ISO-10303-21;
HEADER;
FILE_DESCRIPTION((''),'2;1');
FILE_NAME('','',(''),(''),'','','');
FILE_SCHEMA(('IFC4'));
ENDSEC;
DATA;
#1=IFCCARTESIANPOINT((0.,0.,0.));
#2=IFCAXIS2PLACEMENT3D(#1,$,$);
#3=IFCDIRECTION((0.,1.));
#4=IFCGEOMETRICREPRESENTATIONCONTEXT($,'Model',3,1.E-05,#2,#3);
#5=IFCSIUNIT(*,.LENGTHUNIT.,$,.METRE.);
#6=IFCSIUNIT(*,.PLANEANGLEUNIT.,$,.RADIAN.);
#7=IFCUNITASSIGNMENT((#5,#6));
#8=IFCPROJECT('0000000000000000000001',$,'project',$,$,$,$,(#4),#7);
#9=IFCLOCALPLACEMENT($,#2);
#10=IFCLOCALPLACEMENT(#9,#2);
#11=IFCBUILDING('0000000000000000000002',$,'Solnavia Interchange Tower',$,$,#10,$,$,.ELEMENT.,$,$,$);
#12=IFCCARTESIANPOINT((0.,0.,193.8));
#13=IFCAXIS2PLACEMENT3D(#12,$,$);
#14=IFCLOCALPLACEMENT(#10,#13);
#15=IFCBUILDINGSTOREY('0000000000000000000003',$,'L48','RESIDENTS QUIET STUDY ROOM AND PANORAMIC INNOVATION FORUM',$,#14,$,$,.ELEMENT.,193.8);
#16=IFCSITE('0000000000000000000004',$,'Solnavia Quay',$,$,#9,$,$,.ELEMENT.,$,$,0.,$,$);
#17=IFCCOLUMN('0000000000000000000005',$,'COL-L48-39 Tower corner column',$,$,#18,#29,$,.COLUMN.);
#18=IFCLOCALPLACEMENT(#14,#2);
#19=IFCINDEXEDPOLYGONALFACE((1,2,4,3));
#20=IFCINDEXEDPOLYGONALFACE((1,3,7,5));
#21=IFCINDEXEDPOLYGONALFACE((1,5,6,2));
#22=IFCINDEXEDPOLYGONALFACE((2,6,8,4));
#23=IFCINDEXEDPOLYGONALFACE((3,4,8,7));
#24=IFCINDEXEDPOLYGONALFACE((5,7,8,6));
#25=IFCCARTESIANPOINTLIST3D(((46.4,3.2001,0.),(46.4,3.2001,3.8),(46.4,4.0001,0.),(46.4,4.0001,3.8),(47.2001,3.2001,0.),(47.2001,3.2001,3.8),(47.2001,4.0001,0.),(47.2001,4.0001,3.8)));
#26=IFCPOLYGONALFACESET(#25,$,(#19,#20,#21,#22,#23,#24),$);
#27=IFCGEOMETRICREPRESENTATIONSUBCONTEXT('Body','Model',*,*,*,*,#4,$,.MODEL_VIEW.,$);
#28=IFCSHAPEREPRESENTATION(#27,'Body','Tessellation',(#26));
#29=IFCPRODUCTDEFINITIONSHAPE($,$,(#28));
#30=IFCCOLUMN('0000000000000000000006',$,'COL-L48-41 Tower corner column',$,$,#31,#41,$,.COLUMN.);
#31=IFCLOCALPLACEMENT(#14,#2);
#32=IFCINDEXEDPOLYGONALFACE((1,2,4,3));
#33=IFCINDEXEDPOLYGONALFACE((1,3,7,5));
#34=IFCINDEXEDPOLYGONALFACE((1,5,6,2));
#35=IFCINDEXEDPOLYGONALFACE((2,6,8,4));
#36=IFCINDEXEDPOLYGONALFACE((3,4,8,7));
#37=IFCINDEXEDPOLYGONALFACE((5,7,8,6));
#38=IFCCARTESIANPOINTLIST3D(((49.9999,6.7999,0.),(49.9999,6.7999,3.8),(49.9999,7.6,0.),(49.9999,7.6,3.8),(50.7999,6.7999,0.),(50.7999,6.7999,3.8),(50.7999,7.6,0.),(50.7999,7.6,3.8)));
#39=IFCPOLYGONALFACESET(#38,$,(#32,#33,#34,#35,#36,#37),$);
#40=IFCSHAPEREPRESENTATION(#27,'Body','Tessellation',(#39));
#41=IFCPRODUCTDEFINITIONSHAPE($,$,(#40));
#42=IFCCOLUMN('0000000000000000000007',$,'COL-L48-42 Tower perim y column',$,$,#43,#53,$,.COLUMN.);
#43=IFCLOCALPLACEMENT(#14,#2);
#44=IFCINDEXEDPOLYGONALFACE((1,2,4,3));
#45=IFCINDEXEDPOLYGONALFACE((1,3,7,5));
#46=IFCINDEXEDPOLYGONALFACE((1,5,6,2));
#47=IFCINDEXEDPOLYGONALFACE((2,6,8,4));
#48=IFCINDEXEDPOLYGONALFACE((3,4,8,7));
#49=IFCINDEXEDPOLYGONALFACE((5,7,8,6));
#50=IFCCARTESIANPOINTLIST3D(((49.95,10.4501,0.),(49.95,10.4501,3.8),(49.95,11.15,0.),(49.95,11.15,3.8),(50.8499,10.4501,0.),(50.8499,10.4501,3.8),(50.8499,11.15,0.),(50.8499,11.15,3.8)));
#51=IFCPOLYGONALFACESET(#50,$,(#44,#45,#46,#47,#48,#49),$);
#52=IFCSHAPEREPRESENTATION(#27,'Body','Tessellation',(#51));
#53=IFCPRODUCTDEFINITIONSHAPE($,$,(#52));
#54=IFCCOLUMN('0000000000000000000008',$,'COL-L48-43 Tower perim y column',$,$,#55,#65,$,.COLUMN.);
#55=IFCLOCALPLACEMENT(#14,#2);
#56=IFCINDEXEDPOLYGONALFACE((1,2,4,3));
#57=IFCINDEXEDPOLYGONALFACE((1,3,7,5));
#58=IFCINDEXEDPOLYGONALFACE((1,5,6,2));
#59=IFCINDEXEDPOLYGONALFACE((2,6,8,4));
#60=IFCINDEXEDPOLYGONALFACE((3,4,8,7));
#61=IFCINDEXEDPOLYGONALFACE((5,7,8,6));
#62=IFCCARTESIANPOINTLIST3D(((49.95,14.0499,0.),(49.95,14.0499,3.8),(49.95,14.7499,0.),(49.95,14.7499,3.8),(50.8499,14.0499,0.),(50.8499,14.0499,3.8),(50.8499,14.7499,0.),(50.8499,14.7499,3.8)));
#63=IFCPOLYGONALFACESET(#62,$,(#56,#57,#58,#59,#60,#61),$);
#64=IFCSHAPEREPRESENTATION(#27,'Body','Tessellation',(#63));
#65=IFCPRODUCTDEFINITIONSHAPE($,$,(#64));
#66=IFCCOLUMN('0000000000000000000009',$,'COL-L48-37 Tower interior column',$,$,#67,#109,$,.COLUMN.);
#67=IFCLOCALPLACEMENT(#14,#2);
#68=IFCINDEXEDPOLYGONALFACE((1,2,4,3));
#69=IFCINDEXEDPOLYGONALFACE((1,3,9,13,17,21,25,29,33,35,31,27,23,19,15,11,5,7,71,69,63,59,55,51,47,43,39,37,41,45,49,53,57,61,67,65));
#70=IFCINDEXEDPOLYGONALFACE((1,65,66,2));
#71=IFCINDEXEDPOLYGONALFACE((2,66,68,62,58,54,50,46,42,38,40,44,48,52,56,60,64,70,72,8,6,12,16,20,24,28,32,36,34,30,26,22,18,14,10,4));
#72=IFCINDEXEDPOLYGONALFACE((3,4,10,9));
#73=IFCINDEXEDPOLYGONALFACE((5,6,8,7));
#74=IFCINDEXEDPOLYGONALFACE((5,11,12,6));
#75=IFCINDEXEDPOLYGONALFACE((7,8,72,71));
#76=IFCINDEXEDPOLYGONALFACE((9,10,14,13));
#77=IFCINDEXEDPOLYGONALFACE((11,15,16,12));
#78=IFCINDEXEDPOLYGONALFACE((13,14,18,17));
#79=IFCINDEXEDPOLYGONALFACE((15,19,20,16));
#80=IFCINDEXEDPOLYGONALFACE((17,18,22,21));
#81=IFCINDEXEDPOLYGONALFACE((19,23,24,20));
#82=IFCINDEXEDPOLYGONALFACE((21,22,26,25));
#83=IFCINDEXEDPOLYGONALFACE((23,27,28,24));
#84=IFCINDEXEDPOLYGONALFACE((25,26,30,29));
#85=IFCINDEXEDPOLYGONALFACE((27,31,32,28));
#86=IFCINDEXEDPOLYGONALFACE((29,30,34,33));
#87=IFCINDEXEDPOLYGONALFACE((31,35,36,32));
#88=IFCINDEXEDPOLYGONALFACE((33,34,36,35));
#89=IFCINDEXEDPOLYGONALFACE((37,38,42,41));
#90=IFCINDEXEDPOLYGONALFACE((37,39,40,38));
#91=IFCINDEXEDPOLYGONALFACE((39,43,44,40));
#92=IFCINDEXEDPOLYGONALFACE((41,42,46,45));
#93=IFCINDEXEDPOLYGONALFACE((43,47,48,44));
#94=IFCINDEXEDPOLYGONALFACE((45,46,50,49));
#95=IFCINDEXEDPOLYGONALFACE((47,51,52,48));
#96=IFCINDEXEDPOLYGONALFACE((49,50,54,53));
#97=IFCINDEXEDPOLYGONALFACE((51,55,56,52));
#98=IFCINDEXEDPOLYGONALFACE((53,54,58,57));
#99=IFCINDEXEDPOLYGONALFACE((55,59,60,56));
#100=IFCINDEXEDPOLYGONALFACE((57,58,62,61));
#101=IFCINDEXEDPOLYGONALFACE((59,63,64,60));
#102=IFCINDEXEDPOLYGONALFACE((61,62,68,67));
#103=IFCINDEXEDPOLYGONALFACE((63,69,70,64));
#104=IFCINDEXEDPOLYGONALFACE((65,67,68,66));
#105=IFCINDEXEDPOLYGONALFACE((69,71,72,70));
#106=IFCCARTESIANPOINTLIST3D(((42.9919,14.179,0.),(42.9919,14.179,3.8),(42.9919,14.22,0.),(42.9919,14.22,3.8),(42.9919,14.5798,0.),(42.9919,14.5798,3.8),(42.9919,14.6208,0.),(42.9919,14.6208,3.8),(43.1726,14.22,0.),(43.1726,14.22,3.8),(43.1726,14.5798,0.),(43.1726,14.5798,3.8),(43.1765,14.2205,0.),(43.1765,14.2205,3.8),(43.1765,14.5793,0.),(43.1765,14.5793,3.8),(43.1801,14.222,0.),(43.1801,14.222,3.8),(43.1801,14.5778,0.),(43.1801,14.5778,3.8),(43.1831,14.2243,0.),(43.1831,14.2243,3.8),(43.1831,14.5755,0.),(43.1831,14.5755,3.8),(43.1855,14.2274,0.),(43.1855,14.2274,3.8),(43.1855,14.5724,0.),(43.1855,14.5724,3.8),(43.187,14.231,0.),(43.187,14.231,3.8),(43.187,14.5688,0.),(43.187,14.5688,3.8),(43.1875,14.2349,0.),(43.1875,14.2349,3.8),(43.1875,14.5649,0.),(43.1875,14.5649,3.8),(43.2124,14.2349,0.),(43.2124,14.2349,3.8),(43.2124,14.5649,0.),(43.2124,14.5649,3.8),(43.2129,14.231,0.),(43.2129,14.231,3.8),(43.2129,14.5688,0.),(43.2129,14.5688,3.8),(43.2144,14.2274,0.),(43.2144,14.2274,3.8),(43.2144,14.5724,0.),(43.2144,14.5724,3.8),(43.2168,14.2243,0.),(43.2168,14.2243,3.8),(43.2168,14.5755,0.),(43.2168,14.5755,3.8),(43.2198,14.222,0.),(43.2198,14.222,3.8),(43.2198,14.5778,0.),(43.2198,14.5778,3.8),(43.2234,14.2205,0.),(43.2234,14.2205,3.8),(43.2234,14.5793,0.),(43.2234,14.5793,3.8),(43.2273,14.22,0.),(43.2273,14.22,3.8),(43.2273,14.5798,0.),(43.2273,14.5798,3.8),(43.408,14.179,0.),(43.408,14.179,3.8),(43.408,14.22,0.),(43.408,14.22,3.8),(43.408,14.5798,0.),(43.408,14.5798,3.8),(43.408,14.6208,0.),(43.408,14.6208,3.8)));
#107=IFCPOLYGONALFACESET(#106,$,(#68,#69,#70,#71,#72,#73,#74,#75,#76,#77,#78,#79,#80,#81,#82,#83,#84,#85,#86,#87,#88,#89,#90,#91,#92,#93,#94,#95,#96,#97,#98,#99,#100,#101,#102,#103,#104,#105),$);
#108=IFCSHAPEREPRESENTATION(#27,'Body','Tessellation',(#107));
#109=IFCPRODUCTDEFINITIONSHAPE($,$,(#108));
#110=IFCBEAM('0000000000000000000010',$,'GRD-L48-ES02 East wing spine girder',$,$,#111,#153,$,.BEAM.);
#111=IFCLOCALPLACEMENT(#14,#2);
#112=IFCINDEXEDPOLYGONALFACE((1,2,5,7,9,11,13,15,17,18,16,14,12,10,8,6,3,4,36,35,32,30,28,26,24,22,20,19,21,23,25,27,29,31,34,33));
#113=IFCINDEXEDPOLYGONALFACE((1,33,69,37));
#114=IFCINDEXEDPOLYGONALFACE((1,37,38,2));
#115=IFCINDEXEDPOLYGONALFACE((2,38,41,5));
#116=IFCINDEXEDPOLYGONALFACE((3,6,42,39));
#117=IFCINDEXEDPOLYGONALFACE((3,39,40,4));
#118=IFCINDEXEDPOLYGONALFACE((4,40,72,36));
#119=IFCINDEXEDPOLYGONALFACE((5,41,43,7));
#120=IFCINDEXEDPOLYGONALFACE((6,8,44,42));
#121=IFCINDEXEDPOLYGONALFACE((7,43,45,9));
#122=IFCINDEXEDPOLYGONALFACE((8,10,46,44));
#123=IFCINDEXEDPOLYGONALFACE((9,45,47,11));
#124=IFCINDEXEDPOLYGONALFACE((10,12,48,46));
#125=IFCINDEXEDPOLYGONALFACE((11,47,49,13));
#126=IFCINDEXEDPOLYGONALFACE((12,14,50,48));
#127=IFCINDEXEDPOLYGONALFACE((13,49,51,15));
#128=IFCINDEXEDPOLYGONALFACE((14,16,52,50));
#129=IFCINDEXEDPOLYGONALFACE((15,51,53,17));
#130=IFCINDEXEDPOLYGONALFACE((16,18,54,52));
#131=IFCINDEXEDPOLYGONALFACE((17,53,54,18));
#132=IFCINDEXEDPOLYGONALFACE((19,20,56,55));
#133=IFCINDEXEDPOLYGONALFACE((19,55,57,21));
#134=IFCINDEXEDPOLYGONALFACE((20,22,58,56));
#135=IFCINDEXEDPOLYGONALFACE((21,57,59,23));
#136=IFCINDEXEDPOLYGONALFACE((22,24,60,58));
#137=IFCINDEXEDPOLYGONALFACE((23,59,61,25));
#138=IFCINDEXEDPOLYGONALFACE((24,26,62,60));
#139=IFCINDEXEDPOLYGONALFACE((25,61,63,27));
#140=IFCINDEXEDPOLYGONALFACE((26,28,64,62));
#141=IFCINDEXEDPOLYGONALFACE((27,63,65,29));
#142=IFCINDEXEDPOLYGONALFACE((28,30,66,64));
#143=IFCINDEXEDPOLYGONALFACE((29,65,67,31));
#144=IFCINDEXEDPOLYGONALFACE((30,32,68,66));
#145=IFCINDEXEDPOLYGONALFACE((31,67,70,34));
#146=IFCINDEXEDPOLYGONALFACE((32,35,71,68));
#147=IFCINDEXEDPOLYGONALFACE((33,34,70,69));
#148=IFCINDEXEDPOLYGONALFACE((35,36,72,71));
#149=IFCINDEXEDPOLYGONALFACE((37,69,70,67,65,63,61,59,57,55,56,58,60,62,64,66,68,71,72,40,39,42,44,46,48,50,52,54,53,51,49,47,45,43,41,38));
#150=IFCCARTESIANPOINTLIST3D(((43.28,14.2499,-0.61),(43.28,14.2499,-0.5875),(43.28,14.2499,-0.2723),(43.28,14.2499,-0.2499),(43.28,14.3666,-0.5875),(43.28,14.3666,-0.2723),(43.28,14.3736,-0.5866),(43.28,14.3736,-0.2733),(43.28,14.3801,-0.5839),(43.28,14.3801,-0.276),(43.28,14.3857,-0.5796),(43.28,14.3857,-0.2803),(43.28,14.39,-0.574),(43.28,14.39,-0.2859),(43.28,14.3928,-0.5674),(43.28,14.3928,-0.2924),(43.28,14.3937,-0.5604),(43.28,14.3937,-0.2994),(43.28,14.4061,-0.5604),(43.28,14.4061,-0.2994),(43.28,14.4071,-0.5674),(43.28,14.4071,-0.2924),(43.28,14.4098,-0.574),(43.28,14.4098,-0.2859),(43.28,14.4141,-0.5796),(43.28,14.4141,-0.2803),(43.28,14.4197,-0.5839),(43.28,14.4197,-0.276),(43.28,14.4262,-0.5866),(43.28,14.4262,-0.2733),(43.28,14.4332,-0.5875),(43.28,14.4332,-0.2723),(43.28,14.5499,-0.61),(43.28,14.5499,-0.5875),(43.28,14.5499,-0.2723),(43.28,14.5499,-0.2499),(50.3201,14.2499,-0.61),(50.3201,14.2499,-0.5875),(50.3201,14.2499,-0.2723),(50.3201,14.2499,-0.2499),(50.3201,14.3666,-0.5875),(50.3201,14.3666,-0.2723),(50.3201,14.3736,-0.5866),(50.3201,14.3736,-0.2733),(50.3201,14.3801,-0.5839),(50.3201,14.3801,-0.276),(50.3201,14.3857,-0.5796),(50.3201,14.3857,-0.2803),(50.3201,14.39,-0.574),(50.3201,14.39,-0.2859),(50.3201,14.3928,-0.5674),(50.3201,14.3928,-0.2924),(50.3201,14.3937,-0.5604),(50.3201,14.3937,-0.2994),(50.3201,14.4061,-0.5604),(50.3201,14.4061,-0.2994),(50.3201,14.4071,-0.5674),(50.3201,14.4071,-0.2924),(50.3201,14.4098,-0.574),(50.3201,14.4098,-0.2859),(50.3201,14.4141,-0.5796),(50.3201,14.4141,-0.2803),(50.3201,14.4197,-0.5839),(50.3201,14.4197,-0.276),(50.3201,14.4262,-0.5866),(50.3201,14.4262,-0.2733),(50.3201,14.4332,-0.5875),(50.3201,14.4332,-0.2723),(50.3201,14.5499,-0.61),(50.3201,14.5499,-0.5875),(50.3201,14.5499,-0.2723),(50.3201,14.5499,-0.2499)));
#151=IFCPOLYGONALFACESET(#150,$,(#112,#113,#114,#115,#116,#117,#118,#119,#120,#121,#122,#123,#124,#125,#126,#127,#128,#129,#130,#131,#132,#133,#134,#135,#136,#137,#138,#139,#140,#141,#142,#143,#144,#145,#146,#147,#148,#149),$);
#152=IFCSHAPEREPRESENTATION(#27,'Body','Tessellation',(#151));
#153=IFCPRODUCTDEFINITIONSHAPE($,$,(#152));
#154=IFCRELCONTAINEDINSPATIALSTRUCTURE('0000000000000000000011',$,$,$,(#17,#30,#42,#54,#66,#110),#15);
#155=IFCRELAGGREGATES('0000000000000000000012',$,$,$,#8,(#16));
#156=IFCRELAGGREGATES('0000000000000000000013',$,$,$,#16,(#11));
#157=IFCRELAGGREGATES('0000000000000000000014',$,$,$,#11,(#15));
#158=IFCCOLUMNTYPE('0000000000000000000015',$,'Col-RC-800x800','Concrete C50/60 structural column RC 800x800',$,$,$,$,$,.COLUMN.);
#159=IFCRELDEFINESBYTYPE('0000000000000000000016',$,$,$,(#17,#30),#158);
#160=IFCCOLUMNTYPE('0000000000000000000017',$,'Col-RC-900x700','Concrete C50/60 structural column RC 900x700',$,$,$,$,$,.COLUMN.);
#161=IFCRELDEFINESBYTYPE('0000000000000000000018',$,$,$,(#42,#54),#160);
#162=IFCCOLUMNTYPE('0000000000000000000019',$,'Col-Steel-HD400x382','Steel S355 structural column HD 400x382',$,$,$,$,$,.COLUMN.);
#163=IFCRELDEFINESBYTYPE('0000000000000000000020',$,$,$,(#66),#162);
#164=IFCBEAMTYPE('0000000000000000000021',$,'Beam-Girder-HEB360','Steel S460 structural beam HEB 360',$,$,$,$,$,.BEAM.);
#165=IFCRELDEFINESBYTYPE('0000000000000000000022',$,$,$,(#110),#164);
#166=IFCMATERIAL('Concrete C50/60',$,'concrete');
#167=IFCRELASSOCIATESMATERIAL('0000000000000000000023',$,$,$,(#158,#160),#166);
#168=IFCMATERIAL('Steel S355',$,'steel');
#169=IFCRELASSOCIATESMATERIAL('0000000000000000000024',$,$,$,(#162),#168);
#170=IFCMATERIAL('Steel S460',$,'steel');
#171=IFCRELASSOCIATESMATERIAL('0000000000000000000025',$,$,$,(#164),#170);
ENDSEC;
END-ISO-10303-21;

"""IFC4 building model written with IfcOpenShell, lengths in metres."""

from ifc_helpers import new_model, si_unit, direction, frame, origin, origin_2d, place, context, subcontext, project, spatial, rectangle, i_section, extrude, material, material_profile, profile_set, type_object, element, save


model = new_model("IFC4")

# Units and contexts
model_context = context("Model", 3, precision=1e-05, world=origin(), true_north=direction((0.0, 1.0)))
body_context = subcontext(model_context, "Body", "Model", "MODEL_VIEW")
ifc_project = project(units=[si_unit("LENGTHUNIT", "METRE"), si_unit("PLANEANGLEUNIT", "RADIAN")], contexts=[model_context])

# Site, building, storey
site_placement = place(None, origin())
site = spatial("IfcSite", under=ifc_project, at=site_placement, Name="Solnavia Quay", CompositionType="ELEMENT", RefElevation=0.0)
building_placement = place(site_placement, origin())
building = spatial("IfcBuilding", under=site, at=building_placement, Name="Solnavia Interchange Tower", CompositionType="ELEMENT")
storey_placement = place(building_placement, frame((0.0, 0.0, 193.8)))
storey = spatial("IfcBuildingStorey", under=building, at=storey_placement, Name="L48", Description="RESIDENTS QUIET STUDY ROOM AND PANORAMIC INNOVATION FORUM", CompositionType="ELEMENT", Elevation=193.8)

# Columns
ifc_material_1 = material(Name="Concrete C50/60", Category="concrete")
ifc_material_profile_1 = material_profile(ifc_material_1, rectangle(XDim=0.8, YDim=0.8, at=origin_2d()), Name="RC 800x800")
ifc_profile_set_1 = profile_set([ifc_material_profile_1], Name="Concrete C50/60")
column_type_1 = type_object("IfcColumnType", Name="Col-RC-800x800", Description="Concrete C50/60 structural column RC 800x800", PredefinedType="COLUMN", material=ifc_profile_set_1)
for number, where, z_axis, x_axis, name in (
    (1, (46.8, 3.6001, 0.0), (0.0, 0.0, 1.0), (1.0, 0.0, 0.0), "COL-L48-39 Tower corner column"),
    (2, (50.3999, 7.2, 0.0), (0.0, 0.0, 1.0), (1.0, 0.0, 0.0), "COL-L48-41 Tower corner column"),
):
    element("IfcColumn", number, at=place(storey_placement, frame(where, z_axis=z_axis, x_axis=x_axis)), inside=storey, type_object=column_type_1, Name=name, PredefinedType="COLUMN", context=body_context, shape_type="SweptSolid", body=[
        extrude(rectangle(XDim=0.8, YDim=0.8, at=origin_2d()), origin(), (0.0, 0.0, 1.0), 3.8),
    ])
ifc_material_profile_2 = material_profile(ifc_material_1, rectangle(XDim=0.7, YDim=0.8999, at=origin_2d()), Name="RC 900x700")
ifc_profile_set_2 = profile_set([ifc_material_profile_2], Name="Concrete C50/60")
column_type_2 = type_object("IfcColumnType", Name="Col-RC-900x700", Description="Concrete C50/60 structural column RC 900x700", PredefinedType="COLUMN", material=ifc_profile_set_2)
for number, where, z_axis, x_axis, name in (
    (3, (50.3999, 10.8, 0.0), (0.0, 0.0, 1.0), (0.0, 1.0, 0.0), "COL-L48-42 Tower perim y column"),
    (4, (50.3999, 14.3999, 0.0), (0.0, 0.0, 1.0), (0.0, 1.0, 0.0), "COL-L48-43 Tower perim y column"),
):
    element("IfcColumn", number, at=place(storey_placement, frame(where, z_axis=z_axis, x_axis=x_axis)), inside=storey, type_object=column_type_2, Name=name, PredefinedType="COLUMN", context=body_context, shape_type="SweptSolid", body=[
        extrude(rectangle(XDim=0.7, YDim=0.8999, at=origin_2d()), origin(), (0.0, 0.0, 1.0), 3.8),
    ])
ifc_material_2 = material(Name="Steel S355", Category="steel")
ifc_material_profile_3 = material_profile(ifc_material_2, i_section(OverallWidth=0.416, OverallDepth=0.4419, WebThickness=0.0249, FlangeThickness=0.041, FilletRadius=0.0149, at=origin_2d()), Name="HD 400x382")
ifc_profile_set_3 = profile_set([ifc_material_profile_3], Name="Steel S355")
column_type_3 = type_object("IfcColumnType", Name="Col-Steel-HD400x382", Description="Steel S355 structural column HD 400x382", PredefinedType="COLUMN", material=ifc_profile_set_3)
column_placement = place(storey_placement, frame((43.2, 14.3999, 0.0), z_axis=(0.0, 0.0, 1.0), x_axis=(1.0, 0.0, 0.0)))
element("IfcColumn", 5, at=column_placement, inside=storey, type_object=column_type_3, Name="COL-L48-37 Tower interior column", PredefinedType="COLUMN", context=body_context, shape_type="SweptSolid", body=[
    extrude(i_section(OverallWidth=0.416, OverallDepth=0.4419, WebThickness=0.0249, FlangeThickness=0.041, FilletRadius=0.0149, at=origin_2d()), origin(), (0.0, 0.0, 1.0), 3.8),
])

# Beam
ifc_material_3 = material(Name="Steel S460", Category="steel")
ifc_material_profile_4 = material_profile(ifc_material_3, i_section(OverallWidth=0.3, OverallDepth=0.3601, WebThickness=0.0125, FlangeThickness=0.0225, FilletRadius=0.0271, at=origin_2d()), Name="HEB 360")
ifc_profile_set_4 = profile_set([ifc_material_profile_4], Name="Steel S460")
beam_type_1 = type_object("IfcBeamType", Name="Beam-Girder-HEB360", Description="Steel S460 structural beam HEB 360", PredefinedType="BEAM", material=ifc_profile_set_4)
beam_1_placement = place(storey_placement, frame((43.28, 14.3999, -0.4299), z_axis=(1.0, 0.0, 0.0), x_axis=(0.0, 1.0, 0.0)))
element("IfcBeam", 6, at=beam_1_placement, inside=storey, type_object=beam_type_1, Name="GRD-L48-ES02 East wing spine girder", PredefinedType="BEAM", context=body_context, shape_type="SweptSolid", body=[
    extrude(i_section(OverallWidth=0.3, OverallDepth=0.3601, WebThickness=0.0125, FlangeThickness=0.0225, FilletRadius=0.0271, at=origin_2d()), origin(), (0.0, 0.0, 1.0), 7.04),
])

save(model, "model.ifc")
